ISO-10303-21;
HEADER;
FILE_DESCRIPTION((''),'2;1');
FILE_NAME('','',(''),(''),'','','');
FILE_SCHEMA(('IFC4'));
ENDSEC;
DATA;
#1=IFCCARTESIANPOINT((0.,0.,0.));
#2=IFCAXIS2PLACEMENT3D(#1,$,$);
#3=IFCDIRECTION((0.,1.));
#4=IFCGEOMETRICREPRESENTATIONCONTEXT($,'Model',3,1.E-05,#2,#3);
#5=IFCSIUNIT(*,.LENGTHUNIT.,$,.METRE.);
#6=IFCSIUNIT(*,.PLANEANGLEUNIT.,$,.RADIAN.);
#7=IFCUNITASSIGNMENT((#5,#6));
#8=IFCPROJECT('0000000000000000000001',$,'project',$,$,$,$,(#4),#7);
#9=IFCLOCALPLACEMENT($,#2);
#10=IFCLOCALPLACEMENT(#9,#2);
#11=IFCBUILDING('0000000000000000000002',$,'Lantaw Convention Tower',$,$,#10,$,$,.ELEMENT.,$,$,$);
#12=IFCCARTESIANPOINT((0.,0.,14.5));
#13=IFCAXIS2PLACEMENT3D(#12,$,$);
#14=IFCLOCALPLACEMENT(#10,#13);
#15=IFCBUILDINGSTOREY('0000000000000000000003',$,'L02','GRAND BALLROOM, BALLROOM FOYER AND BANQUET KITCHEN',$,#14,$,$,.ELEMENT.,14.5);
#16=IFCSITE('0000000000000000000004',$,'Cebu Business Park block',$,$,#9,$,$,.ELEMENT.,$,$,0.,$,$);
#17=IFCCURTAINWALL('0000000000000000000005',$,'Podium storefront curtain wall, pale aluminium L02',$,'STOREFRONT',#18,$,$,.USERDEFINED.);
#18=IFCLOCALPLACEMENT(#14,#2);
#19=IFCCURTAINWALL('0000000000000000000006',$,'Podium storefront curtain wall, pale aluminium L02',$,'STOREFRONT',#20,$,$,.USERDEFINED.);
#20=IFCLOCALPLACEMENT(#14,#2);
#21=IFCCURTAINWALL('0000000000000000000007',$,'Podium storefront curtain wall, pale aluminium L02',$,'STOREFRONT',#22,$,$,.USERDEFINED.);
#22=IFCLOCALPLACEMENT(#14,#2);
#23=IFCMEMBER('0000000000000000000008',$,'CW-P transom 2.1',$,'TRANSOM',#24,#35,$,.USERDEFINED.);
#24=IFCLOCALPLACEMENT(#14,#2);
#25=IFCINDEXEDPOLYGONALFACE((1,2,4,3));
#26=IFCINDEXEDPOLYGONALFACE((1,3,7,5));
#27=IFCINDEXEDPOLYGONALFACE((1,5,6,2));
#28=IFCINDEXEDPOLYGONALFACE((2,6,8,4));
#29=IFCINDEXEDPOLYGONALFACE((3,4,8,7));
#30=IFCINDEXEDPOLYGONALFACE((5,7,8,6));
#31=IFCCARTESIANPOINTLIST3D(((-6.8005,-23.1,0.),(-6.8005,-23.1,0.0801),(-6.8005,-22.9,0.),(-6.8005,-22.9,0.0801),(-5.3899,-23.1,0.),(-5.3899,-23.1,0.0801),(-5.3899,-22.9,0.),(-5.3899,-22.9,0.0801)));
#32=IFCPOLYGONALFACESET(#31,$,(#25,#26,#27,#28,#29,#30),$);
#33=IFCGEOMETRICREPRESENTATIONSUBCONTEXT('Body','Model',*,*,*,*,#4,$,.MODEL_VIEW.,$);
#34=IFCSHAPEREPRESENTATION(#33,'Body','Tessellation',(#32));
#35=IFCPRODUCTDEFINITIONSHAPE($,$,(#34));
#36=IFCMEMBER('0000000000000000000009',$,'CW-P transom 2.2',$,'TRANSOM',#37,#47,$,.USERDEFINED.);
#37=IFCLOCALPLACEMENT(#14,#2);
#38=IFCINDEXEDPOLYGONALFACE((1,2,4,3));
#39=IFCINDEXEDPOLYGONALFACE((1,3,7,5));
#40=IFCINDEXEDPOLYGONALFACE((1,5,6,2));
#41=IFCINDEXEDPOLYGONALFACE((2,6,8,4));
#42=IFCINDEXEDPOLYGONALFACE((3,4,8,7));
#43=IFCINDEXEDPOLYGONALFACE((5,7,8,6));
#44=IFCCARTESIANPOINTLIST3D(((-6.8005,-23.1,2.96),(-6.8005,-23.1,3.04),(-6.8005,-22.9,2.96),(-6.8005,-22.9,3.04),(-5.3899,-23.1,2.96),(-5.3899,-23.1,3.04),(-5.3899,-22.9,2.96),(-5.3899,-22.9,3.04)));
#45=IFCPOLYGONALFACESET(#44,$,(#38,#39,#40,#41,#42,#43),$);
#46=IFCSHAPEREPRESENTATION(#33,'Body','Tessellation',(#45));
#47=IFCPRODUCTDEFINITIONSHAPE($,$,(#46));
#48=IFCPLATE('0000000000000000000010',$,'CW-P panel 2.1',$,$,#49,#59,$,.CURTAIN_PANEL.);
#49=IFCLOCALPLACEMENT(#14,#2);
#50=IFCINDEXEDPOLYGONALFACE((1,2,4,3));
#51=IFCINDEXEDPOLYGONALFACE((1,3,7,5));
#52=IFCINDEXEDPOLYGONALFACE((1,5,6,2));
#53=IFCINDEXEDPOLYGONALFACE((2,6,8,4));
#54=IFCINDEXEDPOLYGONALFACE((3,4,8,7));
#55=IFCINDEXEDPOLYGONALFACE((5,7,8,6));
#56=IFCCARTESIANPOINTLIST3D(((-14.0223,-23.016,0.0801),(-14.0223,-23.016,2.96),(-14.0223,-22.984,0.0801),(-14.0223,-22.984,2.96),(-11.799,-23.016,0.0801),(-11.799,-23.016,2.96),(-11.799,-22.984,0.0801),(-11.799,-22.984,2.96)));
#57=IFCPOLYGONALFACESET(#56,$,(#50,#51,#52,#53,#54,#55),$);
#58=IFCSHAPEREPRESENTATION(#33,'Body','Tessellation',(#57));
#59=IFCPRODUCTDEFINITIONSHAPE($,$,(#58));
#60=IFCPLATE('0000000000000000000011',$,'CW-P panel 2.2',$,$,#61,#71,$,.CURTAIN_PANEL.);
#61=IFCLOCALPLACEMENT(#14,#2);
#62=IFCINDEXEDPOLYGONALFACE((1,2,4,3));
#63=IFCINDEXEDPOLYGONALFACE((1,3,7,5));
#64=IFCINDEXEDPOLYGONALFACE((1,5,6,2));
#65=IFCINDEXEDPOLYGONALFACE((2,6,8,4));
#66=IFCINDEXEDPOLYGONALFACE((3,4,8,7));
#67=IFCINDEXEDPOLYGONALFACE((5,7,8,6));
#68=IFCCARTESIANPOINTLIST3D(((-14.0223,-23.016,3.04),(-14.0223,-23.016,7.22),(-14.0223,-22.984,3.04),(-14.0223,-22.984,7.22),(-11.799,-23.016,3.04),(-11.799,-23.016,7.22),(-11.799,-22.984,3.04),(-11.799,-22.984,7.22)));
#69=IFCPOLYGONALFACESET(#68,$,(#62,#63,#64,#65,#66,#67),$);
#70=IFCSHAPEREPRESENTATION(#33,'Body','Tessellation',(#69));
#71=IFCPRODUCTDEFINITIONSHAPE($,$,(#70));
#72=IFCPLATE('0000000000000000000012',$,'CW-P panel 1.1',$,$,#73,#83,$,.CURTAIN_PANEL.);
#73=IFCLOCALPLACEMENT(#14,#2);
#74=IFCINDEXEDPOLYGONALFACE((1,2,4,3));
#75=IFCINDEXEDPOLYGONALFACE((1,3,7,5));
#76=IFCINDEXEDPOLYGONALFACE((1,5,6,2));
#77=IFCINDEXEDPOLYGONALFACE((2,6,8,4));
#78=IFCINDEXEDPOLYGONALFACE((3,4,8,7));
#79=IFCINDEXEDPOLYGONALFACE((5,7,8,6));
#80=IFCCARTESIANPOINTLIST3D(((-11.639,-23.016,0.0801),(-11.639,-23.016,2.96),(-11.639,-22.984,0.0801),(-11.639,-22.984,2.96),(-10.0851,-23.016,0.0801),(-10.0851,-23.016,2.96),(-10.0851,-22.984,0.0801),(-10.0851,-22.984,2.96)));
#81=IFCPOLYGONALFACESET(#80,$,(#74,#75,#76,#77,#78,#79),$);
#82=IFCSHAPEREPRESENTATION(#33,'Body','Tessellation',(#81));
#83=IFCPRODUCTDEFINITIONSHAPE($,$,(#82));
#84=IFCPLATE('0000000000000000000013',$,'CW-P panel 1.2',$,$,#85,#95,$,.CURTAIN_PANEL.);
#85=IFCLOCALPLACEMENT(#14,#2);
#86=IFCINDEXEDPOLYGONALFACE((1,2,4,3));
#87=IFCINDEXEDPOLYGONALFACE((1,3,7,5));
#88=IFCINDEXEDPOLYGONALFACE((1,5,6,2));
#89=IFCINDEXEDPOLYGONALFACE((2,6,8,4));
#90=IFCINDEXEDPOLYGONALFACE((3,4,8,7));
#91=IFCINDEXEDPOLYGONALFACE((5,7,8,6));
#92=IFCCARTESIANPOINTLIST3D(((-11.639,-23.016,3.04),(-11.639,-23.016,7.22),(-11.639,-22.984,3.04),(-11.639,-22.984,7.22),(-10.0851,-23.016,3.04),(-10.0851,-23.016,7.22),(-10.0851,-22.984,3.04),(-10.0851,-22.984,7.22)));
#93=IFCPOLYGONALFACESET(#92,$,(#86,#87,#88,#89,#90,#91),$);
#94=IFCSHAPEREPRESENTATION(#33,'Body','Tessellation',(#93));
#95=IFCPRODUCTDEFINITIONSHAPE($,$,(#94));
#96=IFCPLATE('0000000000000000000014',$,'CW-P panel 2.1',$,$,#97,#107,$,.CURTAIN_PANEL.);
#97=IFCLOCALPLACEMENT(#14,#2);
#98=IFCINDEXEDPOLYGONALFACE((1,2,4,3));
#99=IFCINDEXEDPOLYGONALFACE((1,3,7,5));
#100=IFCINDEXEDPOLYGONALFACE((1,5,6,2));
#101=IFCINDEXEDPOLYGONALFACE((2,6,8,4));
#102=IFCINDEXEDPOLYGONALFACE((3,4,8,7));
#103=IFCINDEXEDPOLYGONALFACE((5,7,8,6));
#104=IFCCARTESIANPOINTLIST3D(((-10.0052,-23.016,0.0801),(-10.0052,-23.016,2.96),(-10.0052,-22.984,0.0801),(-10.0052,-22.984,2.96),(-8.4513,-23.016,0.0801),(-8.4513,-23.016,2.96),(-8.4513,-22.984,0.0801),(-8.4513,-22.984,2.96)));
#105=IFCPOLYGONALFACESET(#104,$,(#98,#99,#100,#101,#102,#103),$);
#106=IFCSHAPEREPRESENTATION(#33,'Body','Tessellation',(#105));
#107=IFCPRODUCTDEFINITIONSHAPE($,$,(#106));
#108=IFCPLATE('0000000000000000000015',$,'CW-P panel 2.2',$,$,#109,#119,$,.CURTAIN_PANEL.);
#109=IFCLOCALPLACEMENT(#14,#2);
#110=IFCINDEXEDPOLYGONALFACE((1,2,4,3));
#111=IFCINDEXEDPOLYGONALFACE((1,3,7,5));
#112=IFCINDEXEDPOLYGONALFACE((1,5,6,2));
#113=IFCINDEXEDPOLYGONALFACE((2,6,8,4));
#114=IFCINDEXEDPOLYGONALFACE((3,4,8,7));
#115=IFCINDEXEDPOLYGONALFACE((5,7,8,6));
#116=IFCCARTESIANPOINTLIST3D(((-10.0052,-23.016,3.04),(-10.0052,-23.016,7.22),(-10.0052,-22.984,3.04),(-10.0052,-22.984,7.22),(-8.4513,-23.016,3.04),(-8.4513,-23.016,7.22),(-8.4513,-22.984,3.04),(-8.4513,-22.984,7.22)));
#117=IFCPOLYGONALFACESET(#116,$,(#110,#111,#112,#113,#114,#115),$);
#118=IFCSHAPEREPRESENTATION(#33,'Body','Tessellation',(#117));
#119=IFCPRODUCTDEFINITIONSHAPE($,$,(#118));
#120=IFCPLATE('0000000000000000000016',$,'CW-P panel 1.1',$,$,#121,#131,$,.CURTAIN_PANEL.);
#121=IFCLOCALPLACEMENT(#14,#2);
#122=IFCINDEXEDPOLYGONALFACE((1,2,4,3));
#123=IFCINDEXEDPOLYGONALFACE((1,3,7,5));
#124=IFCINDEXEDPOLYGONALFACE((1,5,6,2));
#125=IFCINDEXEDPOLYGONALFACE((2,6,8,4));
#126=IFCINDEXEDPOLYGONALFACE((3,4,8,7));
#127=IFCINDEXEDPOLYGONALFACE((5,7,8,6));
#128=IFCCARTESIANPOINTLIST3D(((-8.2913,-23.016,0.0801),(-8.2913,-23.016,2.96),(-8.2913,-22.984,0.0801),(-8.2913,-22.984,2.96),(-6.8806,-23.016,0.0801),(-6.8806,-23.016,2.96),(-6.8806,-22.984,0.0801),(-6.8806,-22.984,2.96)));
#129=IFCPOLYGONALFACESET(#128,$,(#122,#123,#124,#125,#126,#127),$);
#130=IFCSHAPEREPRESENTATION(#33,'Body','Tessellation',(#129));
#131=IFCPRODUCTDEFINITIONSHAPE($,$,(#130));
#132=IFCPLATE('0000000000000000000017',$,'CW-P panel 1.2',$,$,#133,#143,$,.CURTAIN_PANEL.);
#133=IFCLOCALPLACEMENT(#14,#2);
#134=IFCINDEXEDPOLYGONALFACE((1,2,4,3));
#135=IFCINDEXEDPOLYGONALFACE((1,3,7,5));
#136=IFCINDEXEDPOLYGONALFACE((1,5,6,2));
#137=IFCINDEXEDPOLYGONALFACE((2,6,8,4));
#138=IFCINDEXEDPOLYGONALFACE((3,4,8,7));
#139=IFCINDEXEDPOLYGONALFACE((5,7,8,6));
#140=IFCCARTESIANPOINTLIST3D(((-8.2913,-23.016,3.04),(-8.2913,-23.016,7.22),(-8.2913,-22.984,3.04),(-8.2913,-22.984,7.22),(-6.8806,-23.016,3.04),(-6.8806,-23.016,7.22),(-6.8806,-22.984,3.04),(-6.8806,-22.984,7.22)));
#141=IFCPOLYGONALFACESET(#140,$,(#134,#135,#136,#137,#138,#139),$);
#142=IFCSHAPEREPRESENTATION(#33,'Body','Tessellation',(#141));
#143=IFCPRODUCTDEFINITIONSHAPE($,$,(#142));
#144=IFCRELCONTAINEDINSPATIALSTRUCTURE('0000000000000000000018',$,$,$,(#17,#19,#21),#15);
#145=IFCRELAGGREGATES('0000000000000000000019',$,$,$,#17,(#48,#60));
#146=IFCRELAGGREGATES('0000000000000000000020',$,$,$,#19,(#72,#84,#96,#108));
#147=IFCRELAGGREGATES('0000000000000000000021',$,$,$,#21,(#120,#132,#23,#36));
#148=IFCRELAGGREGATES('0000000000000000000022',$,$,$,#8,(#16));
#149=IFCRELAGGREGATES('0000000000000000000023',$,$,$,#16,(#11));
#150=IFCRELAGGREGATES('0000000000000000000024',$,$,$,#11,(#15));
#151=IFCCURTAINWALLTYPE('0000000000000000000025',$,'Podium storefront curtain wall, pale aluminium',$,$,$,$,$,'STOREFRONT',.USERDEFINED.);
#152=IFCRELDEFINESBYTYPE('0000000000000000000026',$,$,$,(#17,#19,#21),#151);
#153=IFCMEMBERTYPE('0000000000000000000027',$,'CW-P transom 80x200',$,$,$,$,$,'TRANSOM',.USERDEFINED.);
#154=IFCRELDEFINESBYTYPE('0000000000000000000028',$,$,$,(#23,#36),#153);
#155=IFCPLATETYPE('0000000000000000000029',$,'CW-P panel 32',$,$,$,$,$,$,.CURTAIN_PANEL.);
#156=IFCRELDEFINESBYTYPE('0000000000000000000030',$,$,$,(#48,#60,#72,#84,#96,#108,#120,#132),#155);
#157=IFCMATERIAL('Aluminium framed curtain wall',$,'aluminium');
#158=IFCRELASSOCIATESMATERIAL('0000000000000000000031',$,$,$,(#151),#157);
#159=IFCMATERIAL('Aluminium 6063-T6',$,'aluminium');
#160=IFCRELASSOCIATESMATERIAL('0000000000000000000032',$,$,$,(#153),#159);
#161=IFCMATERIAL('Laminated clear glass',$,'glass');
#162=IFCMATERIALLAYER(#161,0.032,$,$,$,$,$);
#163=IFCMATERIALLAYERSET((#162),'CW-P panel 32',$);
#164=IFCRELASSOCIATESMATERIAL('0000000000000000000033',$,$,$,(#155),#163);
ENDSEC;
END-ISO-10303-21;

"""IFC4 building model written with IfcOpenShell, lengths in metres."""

from ifc_helpers import new_model, si_unit, direction, frame, origin, origin_2d, place, context, subcontext, project, spatial, rectangle, extrude, material, layer, layer_set, material_profile, profile_set, type_object, element, aggregate, save


model = new_model("IFC4")

# Units and contexts
model_context = context("Model", 3, precision=1e-05, world=origin(), true_north=direction((0.0, 1.0)))
body_context = subcontext(model_context, "Body", "Model", "MODEL_VIEW")
ifc_project = project(units=[si_unit("LENGTHUNIT", "METRE"), si_unit("PLANEANGLEUNIT", "RADIAN")], contexts=[model_context])

# Site, building, storey
site_placement = place(None, origin())
site = spatial("IfcSite", under=ifc_project, at=site_placement, Name="Cebu Business Park block", CompositionType="ELEMENT", RefElevation=0.0)
building_placement = place(site_placement, origin())
building = spatial("IfcBuilding", under=site, at=building_placement, Name="Lantaw Convention Tower", CompositionType="ELEMENT")
storey_placement = place(building_placement, frame((0.0, 0.0, 14.5)))
storey = spatial("IfcBuildingStorey", under=building, at=storey_placement, Name="L02", Description="GRAND BALLROOM, BALLROOM FOYER AND BANQUET KITCHEN", CompositionType="ELEMENT", Elevation=14.5)

# Curtain wall
ifc_material_1 = material(Name="Aluminium framed curtain wall", Category="aluminium")
curtain_wall_type = type_object("IfcCurtainWallType", Name="Podium storefront curtain wall, pale aluminium", ElementType="STOREFRONT", PredefinedType="USERDEFINED", material=ifc_material_1)
curtain_wall_1_placement = place(storey_placement, origin())
curtain_wall_1 = element("IfcCurtainWall", 1, at=curtain_wall_1_placement, inside=storey, type_object=curtain_wall_type, Name="Podium storefront curtain wall, pale aluminium L02", ObjectType="STOREFRONT", PredefinedType="USERDEFINED")
ifc_material_2 = material(Name="Aluminium 6063-T6", Category="aluminium")

# Curtain walls
curtain_wall_2_placement = place(storey_placement, origin())
curtain_wall_2 = element("IfcCurtainWall", 2, at=curtain_wall_2_placement, inside=storey, type_object=curtain_wall_type, Name="Podium storefront curtain wall, pale aluminium L02", ObjectType="STOREFRONT", PredefinedType="USERDEFINED")
curtain_wall_3_placement = place(storey_placement, origin())
curtain_wall_3 = element("IfcCurtainWall", 3, at=curtain_wall_3_placement, inside=storey, type_object=curtain_wall_type, Name="Podium storefront curtain wall, pale aluminium L02", ObjectType="STOREFRONT", PredefinedType="USERDEFINED")

# Members
ifc_material_profile_1 = material_profile(ifc_material_2, rectangle(XDim=0.2, YDim=0.0801, at=origin_2d()), Name="CW-P transom 80x200")
ifc_profile_set_1 = profile_set([ifc_material_profile_1], Name="Aluminium 6063-T6")
member_type_1 = type_object("IfcMemberType", Name="CW-P transom 80x200", ElementType="TRANSOM", PredefinedType="USERDEFINED", material=ifc_profile_set_1)
member_1_placement = place(storey_placement, frame((-6.8005, -23.0, 0.04), z_axis=(1.0, 0.0, 0.0), x_axis=(0.0, 1.0, 0.0)))
member_1 = element("IfcMember", 4, at=member_1_placement, type_object=member_type_1, Name="CW-P transom 2.1", ObjectType="TRANSOM", PredefinedType="USERDEFINED", context=body_context, shape_type="SweptSolid", body=[
    extrude(rectangle(XDim=0.2, YDim=0.0801, at=origin_2d()), origin(), (0.0, 0.0, 1.0), 1.4106),
])
member_2_placement = place(storey_placement, frame((-6.8005, -23.0, 3.0), z_axis=(1.0, 0.0, 0.0), x_axis=(0.0, 1.0, 0.0)))
member_2 = element("IfcMember", 5, at=member_2_placement, type_object=member_type_1, Name="CW-P transom 2.2", ObjectType="TRANSOM", PredefinedType="USERDEFINED", context=body_context, shape_type="SweptSolid", body=[
    extrude(rectangle(XDim=0.2, YDim=0.0801, at=origin_2d()), origin(), (0.0, 0.0, 1.0), 1.4106),
])

# Plates
ifc_material_3 = material(Name="Laminated clear glass", Category="glass")
ifc_layer = layer(ifc_material_3, 0.032)
ifc_layer_set = layer_set([ifc_layer], Name="CW-P panel 32")
plate_type = type_object("IfcPlateType", Name="CW-P panel 32", PredefinedType="CURTAIN_PANEL", material=ifc_layer_set)
plate_1_placement = place(storey_placement, frame((-12.9106, -23.0, 0.0801), z_axis=(0.0, 0.0, 1.0), x_axis=(1.0, 0.0, 0.0)))
plate_1 = element("IfcPlate", 6, at=plate_1_placement, type_object=plate_type, Name="CW-P panel 2.1", PredefinedType="CURTAIN_PANEL", context=body_context, shape_type="SweptSolid", body=[
    extrude(rectangle(XDim=2.2234, YDim=0.032, at=origin_2d()), origin(), (0.0, 0.0, 1.0), 2.8799),
])
plate_2_placement = place(storey_placement, frame((-12.9106, -23.0, 3.04), z_axis=(0.0, 0.0, 1.0), x_axis=(1.0, 0.0, 0.0)))
plate_2 = element("IfcPlate", 7, at=plate_2_placement, type_object=plate_type, Name="CW-P panel 2.2", PredefinedType="CURTAIN_PANEL", context=body_context, shape_type="SweptSolid", body=[
    extrude(rectangle(XDim=2.2234, YDim=0.032, at=origin_2d()), origin(), (0.0, 0.0, 1.0), 4.1799),
])
aggregate(curtain_wall_1, [plate_1, plate_2])
plate_3_placement = place(storey_placement, frame((-10.8621, -23.0, 0.0801), z_axis=(0.0, 0.0, 1.0), x_axis=(1.0, 0.0, 0.0)))
plate_3 = element("IfcPlate", 8, at=plate_3_placement, type_object=plate_type, Name="CW-P panel 1.1", PredefinedType="CURTAIN_PANEL", context=body_context, shape_type="SweptSolid", body=[
    extrude(rectangle(XDim=1.554, YDim=0.032, at=origin_2d()), origin(), (0.0, 0.0, 1.0), 2.8799),
])
plate_4_placement = place(storey_placement, frame((-10.8621, -23.0, 3.04), z_axis=(0.0, 0.0, 1.0), x_axis=(1.0, 0.0, 0.0)))
plate_4 = element("IfcPlate", 9, at=plate_4_placement, type_object=plate_type, Name="CW-P panel 1.2", PredefinedType="CURTAIN_PANEL", context=body_context, shape_type="SweptSolid", body=[
    extrude(rectangle(XDim=1.554, YDim=0.032, at=origin_2d()), origin(), (0.0, 0.0, 1.0), 4.1799),
])
plate_5_placement = place(storey_placement, frame((-9.2283, -23.0, 0.0801), z_axis=(0.0, 0.0, 1.0), x_axis=(1.0, 0.0, 0.0)))
plate_5 = element("IfcPlate", 10, at=plate_5_placement, type_object=plate_type, Name="CW-P panel 2.1", PredefinedType="CURTAIN_PANEL", context=body_context, shape_type="SweptSolid", body=[
    extrude(rectangle(XDim=1.554, YDim=0.032, at=origin_2d()), origin(), (0.0, 0.0, 1.0), 2.8799),
])
plate_6_placement = place(storey_placement, frame((-9.2283, -23.0, 3.04), z_axis=(0.0, 0.0, 1.0), x_axis=(1.0, 0.0, 0.0)))
plate_6 = element("IfcPlate", 11, at=plate_6_placement, type_object=plate_type, Name="CW-P panel 2.2", PredefinedType="CURTAIN_PANEL", context=body_context, shape_type="SweptSolid", body=[
    extrude(rectangle(XDim=1.554, YDim=0.032, at=origin_2d()), origin(), (0.0, 0.0, 1.0), 4.1799),
])
aggregate(curtain_wall_2, [plate_3, plate_4, plate_5, plate_6])
plate_7_placement = place(storey_placement, frame((-7.5859, -23.0, 0.0801), z_axis=(0.0, 0.0, 1.0), x_axis=(1.0, 0.0, 0.0)))
plate_7 = element("IfcPlate", 12, at=plate_7_placement, type_object=plate_type, Name="CW-P panel 1.1", PredefinedType="CURTAIN_PANEL", context=body_context, shape_type="SweptSolid", body=[
    extrude(rectangle(XDim=1.4106, YDim=0.032, at=origin_2d()), origin(), (0.0, 0.0, 1.0), 2.8799),
])
plate_8_placement = place(storey_placement, frame((-7.5859, -23.0, 3.04), z_axis=(0.0, 0.0, 1.0), x_axis=(1.0, 0.0, 0.0)))
plate_8 = element("IfcPlate", 13, at=plate_8_placement, type_object=plate_type, Name="CW-P panel 1.2", PredefinedType="CURTAIN_PANEL", context=body_context, shape_type="SweptSolid", body=[
    extrude(rectangle(XDim=1.4106, YDim=0.032, at=origin_2d()), origin(), (0.0, 0.0, 1.0), 4.1799),
])
aggregate(curtain_wall_3, [plate_7, plate_8, member_1, member_2])

save(model, "model.ifc")
